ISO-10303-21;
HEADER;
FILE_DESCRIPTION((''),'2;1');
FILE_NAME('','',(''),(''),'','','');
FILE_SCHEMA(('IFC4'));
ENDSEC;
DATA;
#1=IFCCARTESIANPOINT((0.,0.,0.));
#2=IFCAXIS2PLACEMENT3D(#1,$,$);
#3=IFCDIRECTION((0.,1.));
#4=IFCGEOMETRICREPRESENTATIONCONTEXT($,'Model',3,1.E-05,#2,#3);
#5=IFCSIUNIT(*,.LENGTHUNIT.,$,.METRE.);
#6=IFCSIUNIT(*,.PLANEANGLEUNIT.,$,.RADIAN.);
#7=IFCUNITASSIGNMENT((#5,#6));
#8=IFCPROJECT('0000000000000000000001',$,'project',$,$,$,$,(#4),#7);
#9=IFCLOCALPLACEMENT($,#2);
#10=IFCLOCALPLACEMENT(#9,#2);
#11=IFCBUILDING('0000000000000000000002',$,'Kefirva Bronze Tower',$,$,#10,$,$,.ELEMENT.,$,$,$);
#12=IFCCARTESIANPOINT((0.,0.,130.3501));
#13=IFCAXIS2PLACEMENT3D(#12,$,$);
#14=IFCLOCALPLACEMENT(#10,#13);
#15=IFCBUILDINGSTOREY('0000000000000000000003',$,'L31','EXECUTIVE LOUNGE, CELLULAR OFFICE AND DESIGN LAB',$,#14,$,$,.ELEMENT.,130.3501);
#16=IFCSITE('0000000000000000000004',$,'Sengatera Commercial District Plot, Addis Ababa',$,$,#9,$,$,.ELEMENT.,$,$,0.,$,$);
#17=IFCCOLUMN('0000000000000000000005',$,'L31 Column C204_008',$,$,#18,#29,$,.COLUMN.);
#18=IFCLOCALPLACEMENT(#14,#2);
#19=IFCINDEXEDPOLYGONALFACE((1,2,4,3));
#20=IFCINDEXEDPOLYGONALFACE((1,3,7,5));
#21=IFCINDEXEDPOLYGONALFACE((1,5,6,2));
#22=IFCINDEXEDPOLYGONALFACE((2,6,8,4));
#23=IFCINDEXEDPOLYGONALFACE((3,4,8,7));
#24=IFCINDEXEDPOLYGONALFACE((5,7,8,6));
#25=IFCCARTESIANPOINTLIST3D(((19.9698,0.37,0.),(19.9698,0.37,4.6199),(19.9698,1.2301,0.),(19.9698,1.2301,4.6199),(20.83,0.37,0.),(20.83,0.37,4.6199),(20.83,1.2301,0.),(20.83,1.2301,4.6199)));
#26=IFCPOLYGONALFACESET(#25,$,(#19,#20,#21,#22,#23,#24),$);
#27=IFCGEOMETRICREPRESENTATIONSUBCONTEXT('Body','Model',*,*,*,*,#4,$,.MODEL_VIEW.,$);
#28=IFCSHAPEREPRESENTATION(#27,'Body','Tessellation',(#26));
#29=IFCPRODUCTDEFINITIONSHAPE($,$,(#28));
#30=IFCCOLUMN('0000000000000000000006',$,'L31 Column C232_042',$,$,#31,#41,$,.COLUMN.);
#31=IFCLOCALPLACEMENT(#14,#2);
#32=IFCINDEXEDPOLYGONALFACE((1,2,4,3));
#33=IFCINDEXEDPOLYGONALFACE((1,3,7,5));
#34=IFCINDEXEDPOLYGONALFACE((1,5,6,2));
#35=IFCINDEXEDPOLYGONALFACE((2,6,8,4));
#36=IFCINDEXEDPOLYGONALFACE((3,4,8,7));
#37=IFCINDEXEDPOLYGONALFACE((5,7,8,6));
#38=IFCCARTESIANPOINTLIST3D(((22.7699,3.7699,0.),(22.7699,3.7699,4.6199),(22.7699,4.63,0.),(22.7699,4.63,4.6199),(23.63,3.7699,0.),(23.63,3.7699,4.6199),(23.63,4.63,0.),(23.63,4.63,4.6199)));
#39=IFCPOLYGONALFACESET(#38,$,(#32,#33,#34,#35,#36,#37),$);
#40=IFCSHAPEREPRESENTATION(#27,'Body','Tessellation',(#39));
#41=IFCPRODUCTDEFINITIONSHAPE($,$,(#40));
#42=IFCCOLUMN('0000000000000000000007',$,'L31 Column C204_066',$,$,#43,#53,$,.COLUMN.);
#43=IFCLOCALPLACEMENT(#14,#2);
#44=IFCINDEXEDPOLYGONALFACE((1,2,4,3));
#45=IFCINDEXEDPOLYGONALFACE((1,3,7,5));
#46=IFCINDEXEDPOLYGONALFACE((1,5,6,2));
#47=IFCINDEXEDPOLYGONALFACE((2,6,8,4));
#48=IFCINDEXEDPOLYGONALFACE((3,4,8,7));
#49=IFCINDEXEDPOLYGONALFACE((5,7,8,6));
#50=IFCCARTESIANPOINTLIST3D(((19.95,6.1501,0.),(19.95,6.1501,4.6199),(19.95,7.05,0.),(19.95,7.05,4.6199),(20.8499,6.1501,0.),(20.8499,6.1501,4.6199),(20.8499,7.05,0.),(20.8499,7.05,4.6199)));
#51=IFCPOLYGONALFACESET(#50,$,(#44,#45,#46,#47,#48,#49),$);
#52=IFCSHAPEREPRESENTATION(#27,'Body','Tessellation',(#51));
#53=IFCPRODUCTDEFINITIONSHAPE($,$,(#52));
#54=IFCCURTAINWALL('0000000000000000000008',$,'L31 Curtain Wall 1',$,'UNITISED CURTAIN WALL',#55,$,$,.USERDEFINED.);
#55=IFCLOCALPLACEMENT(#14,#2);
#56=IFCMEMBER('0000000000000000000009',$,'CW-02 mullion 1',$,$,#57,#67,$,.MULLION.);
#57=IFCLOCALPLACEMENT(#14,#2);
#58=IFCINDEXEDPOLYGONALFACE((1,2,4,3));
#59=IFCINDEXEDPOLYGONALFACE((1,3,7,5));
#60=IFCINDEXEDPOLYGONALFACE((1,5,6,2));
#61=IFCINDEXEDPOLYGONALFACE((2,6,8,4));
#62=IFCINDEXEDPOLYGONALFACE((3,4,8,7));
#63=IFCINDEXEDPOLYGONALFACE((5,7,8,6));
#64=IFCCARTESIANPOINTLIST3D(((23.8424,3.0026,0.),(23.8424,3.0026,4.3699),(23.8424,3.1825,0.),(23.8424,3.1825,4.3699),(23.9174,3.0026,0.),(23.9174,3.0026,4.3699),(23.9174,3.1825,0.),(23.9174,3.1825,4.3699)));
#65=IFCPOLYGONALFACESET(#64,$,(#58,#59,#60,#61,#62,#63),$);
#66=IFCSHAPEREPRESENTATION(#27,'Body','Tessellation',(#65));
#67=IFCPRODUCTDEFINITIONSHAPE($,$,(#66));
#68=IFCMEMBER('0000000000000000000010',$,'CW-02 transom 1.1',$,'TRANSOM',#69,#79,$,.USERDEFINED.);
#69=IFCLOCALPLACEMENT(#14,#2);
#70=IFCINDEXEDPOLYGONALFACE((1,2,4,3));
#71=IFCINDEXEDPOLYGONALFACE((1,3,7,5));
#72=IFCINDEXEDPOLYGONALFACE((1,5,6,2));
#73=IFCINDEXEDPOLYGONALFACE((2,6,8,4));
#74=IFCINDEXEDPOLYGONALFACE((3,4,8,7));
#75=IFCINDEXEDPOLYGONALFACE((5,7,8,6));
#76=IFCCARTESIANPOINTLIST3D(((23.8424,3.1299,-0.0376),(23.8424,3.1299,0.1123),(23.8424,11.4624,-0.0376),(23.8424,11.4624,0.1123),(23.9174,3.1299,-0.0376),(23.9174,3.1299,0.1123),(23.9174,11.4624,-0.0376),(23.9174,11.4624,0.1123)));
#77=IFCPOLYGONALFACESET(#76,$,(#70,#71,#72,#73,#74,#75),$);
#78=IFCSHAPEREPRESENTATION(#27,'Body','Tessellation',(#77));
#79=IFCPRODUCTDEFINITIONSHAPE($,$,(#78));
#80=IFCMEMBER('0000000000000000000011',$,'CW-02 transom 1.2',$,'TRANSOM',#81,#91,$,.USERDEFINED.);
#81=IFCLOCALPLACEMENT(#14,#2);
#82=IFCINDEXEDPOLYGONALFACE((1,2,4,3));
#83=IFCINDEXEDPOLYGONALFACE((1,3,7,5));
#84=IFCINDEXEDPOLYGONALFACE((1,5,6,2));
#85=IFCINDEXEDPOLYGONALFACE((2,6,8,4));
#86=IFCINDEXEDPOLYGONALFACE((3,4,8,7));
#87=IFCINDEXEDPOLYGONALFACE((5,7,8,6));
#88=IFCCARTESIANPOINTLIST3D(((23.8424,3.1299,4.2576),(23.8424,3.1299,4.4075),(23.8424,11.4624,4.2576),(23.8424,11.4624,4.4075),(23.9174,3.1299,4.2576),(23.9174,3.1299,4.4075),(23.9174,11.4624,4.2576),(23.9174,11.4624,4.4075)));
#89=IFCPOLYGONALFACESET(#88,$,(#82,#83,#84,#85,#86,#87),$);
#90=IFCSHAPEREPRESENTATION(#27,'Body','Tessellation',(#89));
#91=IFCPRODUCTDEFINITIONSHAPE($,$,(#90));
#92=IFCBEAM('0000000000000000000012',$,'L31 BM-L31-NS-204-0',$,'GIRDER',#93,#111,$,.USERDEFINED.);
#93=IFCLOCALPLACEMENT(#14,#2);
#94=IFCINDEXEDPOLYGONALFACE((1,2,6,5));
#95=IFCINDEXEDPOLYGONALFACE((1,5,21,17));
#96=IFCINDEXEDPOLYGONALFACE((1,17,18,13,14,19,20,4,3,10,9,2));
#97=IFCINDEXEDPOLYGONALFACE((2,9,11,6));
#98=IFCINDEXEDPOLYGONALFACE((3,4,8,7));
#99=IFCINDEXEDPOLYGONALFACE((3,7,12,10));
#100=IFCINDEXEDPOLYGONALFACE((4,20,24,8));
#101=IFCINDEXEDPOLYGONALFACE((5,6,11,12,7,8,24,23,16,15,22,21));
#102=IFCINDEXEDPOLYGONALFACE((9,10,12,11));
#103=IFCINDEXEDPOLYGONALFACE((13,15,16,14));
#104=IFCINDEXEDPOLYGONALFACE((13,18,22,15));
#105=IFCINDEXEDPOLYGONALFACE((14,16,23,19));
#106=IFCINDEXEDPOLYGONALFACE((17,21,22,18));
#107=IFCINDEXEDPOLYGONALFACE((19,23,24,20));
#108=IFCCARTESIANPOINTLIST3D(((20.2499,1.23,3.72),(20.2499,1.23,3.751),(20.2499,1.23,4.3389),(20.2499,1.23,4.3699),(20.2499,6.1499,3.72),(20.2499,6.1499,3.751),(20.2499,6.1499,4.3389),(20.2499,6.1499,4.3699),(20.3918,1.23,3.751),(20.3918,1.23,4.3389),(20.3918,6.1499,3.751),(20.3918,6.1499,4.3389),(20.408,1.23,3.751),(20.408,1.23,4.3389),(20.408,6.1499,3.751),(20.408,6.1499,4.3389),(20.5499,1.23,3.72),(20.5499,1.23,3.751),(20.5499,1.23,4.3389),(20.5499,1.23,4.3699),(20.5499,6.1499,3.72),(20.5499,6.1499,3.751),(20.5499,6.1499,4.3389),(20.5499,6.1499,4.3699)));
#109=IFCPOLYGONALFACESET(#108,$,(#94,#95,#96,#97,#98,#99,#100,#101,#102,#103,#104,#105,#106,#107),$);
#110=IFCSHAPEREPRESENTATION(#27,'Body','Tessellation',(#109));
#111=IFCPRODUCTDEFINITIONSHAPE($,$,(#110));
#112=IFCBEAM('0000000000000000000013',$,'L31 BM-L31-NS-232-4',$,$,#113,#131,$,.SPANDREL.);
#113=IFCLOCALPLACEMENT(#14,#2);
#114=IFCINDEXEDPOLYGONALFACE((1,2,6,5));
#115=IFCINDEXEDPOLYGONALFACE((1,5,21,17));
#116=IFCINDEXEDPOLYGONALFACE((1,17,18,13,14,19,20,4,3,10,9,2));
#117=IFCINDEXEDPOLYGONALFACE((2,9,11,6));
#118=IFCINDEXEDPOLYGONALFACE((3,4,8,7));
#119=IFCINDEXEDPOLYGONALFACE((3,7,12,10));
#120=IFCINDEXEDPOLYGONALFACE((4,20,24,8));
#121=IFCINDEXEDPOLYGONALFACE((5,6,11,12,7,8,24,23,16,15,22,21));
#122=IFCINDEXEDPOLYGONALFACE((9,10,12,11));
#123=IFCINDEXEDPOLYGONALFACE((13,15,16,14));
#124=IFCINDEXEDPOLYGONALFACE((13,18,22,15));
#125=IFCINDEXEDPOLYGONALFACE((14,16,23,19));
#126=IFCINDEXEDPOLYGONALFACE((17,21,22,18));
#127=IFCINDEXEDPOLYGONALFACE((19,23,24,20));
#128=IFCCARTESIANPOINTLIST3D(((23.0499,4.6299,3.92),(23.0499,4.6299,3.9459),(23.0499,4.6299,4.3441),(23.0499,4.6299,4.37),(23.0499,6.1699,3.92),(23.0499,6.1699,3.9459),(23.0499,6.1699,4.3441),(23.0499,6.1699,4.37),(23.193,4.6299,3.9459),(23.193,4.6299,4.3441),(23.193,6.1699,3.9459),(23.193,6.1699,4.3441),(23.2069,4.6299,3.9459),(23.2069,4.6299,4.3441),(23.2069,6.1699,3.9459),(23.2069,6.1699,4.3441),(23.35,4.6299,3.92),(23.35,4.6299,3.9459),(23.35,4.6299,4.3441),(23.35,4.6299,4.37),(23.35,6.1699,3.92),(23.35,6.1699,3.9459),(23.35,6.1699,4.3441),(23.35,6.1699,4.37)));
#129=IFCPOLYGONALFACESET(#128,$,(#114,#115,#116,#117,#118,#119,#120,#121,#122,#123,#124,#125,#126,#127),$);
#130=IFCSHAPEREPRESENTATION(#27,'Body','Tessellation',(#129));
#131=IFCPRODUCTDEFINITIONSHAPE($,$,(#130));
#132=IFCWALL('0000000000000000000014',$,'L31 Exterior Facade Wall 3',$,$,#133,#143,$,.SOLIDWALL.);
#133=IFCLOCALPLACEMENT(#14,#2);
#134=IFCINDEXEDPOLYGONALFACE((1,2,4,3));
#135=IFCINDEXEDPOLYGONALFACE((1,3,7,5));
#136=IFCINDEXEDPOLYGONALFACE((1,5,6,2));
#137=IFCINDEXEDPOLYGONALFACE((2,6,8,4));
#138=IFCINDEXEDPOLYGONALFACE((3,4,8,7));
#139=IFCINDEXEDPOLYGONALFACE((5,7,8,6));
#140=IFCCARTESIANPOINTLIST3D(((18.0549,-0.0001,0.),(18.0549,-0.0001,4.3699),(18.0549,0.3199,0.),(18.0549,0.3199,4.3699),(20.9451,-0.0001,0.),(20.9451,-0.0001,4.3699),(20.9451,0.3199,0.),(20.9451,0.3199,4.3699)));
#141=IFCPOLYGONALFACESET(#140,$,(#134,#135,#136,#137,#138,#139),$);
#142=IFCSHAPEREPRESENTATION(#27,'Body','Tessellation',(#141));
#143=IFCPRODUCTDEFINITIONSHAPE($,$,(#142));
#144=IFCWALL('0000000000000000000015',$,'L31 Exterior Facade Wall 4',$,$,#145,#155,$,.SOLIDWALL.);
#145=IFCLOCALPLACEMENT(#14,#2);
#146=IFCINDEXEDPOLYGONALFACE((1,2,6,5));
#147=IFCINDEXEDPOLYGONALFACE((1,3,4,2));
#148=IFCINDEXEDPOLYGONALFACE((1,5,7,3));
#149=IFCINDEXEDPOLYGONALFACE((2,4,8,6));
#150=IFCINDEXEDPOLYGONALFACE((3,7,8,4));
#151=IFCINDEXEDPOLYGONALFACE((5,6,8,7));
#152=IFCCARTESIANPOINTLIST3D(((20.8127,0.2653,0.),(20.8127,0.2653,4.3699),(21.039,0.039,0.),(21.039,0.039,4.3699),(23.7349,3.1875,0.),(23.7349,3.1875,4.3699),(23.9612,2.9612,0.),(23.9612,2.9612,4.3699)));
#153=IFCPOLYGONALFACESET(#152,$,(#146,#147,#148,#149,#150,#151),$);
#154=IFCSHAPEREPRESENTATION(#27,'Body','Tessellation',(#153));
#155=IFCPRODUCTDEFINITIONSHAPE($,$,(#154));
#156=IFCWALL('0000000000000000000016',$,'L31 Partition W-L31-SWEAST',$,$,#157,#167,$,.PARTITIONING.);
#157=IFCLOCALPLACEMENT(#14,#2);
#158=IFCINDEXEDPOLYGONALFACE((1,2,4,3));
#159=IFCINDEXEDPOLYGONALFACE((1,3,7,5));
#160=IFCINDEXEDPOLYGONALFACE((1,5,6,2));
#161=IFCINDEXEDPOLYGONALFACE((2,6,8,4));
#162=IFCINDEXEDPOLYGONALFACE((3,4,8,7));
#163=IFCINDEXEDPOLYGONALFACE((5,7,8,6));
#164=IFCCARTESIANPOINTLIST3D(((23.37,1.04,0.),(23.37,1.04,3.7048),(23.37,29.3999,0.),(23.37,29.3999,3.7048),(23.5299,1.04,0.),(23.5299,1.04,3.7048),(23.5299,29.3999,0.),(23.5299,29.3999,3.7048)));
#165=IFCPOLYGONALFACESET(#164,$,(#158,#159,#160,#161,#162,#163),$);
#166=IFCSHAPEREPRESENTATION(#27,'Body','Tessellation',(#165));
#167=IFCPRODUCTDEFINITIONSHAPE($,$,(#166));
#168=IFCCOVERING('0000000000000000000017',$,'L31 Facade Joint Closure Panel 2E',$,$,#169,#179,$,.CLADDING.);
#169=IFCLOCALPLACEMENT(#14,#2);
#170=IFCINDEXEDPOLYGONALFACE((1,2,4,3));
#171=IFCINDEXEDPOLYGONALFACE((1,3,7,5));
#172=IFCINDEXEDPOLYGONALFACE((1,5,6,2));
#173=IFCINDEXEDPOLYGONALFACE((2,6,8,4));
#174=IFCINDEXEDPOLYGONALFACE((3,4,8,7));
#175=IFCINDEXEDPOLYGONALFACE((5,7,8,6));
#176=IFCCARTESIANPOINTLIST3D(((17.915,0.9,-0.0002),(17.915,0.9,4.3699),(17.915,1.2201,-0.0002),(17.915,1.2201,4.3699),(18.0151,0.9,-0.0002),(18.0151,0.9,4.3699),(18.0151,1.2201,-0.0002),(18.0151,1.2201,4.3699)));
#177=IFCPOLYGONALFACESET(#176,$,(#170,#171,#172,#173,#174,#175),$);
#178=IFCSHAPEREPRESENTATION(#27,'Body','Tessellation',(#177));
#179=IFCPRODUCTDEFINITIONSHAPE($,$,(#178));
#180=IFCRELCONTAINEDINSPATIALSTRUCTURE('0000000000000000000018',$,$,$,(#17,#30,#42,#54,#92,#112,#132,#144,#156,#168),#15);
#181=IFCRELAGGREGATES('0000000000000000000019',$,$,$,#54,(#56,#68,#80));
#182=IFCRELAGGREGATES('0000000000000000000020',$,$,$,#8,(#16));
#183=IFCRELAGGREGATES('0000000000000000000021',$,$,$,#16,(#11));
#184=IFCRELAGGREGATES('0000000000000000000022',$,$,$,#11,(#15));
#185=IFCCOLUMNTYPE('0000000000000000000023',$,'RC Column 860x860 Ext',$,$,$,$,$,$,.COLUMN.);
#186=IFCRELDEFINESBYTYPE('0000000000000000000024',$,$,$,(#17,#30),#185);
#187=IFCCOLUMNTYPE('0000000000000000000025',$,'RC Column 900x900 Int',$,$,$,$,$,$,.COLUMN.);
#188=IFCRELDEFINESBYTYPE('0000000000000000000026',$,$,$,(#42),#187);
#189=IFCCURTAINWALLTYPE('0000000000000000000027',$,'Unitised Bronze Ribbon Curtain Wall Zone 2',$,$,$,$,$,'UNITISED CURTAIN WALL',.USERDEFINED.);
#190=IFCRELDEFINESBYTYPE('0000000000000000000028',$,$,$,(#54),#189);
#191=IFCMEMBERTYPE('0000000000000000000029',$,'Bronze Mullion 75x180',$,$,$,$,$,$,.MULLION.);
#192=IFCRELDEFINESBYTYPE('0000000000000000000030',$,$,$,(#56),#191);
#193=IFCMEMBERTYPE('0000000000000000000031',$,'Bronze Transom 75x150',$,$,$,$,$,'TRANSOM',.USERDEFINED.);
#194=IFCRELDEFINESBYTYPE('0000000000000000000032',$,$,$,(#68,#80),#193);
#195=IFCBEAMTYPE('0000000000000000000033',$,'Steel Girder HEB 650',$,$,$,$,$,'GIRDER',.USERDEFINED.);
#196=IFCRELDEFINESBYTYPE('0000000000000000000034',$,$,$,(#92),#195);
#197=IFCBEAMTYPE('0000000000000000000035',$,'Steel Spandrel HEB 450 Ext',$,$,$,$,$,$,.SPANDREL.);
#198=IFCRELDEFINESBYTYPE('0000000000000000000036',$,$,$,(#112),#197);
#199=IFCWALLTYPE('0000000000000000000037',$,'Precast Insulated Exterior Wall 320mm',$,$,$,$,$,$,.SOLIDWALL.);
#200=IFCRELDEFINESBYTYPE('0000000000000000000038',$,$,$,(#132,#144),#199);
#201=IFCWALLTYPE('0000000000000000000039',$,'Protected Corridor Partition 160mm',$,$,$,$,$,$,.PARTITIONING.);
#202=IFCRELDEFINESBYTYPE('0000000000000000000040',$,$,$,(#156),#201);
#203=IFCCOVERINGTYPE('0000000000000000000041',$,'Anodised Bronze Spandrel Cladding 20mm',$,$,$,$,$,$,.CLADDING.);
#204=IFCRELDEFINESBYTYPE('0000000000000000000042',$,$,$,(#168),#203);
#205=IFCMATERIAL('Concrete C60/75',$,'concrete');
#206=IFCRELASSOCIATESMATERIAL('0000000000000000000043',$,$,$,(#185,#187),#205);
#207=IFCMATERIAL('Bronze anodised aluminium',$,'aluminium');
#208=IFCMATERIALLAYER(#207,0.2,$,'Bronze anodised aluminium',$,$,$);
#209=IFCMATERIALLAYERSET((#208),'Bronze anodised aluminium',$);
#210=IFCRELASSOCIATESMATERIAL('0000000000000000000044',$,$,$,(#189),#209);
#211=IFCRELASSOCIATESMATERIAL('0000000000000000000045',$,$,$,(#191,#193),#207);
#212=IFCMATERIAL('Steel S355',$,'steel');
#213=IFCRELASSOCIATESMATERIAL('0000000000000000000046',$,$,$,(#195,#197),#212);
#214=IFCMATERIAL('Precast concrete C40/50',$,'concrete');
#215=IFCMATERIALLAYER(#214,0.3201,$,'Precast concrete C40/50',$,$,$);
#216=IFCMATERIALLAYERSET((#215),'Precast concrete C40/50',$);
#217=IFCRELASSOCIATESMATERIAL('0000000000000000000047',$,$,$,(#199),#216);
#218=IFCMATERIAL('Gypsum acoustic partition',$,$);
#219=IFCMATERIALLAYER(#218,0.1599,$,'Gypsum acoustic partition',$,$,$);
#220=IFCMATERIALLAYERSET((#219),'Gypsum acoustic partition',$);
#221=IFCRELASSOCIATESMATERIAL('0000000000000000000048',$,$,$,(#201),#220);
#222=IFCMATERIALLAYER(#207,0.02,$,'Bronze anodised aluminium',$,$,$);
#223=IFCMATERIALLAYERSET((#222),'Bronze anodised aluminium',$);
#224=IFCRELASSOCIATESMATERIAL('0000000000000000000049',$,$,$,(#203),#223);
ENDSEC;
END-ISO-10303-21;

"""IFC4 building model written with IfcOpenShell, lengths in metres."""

from ifc_helpers import new_model, si_unit, direction, frame, frame_2d, origin, origin_2d, place, context, subcontext, project, spatial, rectangle, i_section, extrude, material, layer, layer_set, material_profile, profile_set, type_object, element, aggregate, save


model = new_model("IFC4")

# Units and contexts
model_context = context("Model", 3, precision=1e-05, world=origin(), true_north=direction((0.0, 1.0)))
body_context = subcontext(model_context, "Body", "Model", "MODEL_VIEW")
ifc_project = project(units=[si_unit("LENGTHUNIT", "METRE"), si_unit("PLANEANGLEUNIT", "RADIAN")], contexts=[model_context])

# Site, building, storey
site_placement = place(None, origin())
site = spatial("IfcSite", under=ifc_project, at=site_placement, Name="Sengatera Commercial District Plot, Addis Ababa", CompositionType="ELEMENT", RefElevation=0.0)
building_placement = place(site_placement, origin())
building = spatial("IfcBuilding", under=site, at=building_placement, Name="Kefirva Bronze Tower", CompositionType="ELEMENT")
storey_placement = place(building_placement, frame((0.0, 0.0, 130.3501)))
storey = spatial("IfcBuildingStorey", under=building, at=storey_placement, Name="L31", Description="EXECUTIVE LOUNGE, CELLULAR OFFICE AND DESIGN LAB", CompositionType="ELEMENT", Elevation=130.3501)

# Columns
ifc_material_1 = material(Name="Concrete C60/75", Category="concrete")
ifc_material_profile_1 = material_profile(ifc_material_1, rectangle(XDim=0.8601, YDim=0.8601, at=origin_2d()), Name="RC 860x860")
ifc_profile_set_1 = profile_set([ifc_material_profile_1], Name="Concrete C60/75")
column_type_1 = type_object("IfcColumnType", Name="RC Column 860x860 Ext", PredefinedType="COLUMN", material=ifc_profile_set_1)
for number, where, z_axis, x_axis, name in (
    (1, (20.3999, 0.8, 0.0), (0.0, 0.0, 1.0), (1.0, 0.0, 0.0), "L31 Column C204_008"),
    (2, (23.2, 4.2, 0.0), (0.0, 0.0, 1.0), (1.0, 0.0, 0.0), "L31 Column C232_042"),
):
    element("IfcColumn", number, at=place(storey_placement, frame(where, z_axis=z_axis, x_axis=x_axis)), inside=storey, type_object=column_type_1, Name=name, PredefinedType="COLUMN", context=body_context, shape_type="SweptSolid", body=[
        extrude(rectangle(XDim=0.8601, YDim=0.8601, at=origin_2d()), origin(), (0.0, 0.0, 1.0), 4.6199),
    ])
ifc_material_profile_2 = material_profile(ifc_material_1, rectangle(XDim=0.8999, YDim=0.8999, at=origin_2d()), Name="RC 900x900")
ifc_profile_set_2 = profile_set([ifc_material_profile_2], Name="Concrete C60/75")
column_type_2 = type_object("IfcColumnType", Name="RC Column 900x900 Int", PredefinedType="COLUMN", material=ifc_profile_set_2)
column_placement = place(storey_placement, frame((20.3999, 6.6001, 0.0), z_axis=(0.0, 0.0, 1.0), x_axis=(1.0, 0.0, 0.0)))
element("IfcColumn", 3, at=column_placement, inside=storey, type_object=column_type_2, Name="L31 Column C204_066", PredefinedType="COLUMN", context=body_context, shape_type="SweptSolid", body=[
    extrude(rectangle(XDim=0.8999, YDim=0.8999, at=origin_2d()), origin(), (0.0, 0.0, 1.0), 4.6199),
])

# Curtain wall, members
ifc_material_2 = material(Name="Bronze anodised aluminium", Category="aluminium")
ifc_layer_1 = layer(ifc_material_2, 0.2, Name="Bronze anodised aluminium")
ifc_layer_set_1 = layer_set([ifc_layer_1], Name="Bronze anodised aluminium")
curtain_wall_type = type_object("IfcCurtainWallType", Name="Unitised Bronze Ribbon Curtain Wall Zone 2", ElementType="UNITISED CURTAIN WALL", PredefinedType="USERDEFINED", material=ifc_layer_set_1)
curtain_wall_placement = place(storey_placement, origin())
curtain_wall = element("IfcCurtainWall", 4, at=curtain_wall_placement, inside=storey, type_object=curtain_wall_type, Name="L31 Curtain Wall 1", ObjectType="UNITISED CURTAIN WALL", PredefinedType="USERDEFINED")
ifc_material_profile_3 = material_profile(ifc_material_2, rectangle(XDim=0.075, YDim=0.1799, at=origin_2d()), Name="ALU 75x180")
ifc_profile_set_3 = profile_set([ifc_material_profile_3], Name="Bronze anodised aluminium")
member_type_1 = type_object("IfcMemberType", Name="Bronze Mullion 75x180", PredefinedType="MULLION", material=ifc_profile_set_3)
member_1_placement = place(storey_placement, frame((23.8799, 3.0925, 0.0), z_axis=(0.0, 0.0, 1.0), x_axis=(-1.0, 0.0, 0.0)))
member_1 = element("IfcMember", 5, at=member_1_placement, type_object=member_type_1, Name="CW-02 mullion 1", PredefinedType="MULLION", context=body_context, shape_type="SweptSolid", body=[
    extrude(rectangle(XDim=0.075, YDim=0.1799, at=origin_2d()), origin(), (0.0, 0.0, 1.0), 4.3699),
])
ifc_material_profile_4 = material_profile(ifc_material_2, rectangle(XDim=0.075, YDim=0.1499, at=origin_2d()), Name="ALU 75x150")
ifc_profile_set_4 = profile_set([ifc_material_profile_4], Name="Bronze anodised aluminium")
member_type_2 = type_object("IfcMemberType", Name="Bronze Transom 75x150", ElementType="TRANSOM", PredefinedType="USERDEFINED", material=ifc_profile_set_4)
member_2_placement = place(storey_placement, frame((23.8799, 3.1299, 0.0374), z_axis=(0.0, 1.0, 0.0), x_axis=(-1.0, 0.0, 0.0)))
member_2 = element("IfcMember", 6, at=member_2_placement, type_object=member_type_2, Name="CW-02 transom 1.1", ObjectType="TRANSOM", PredefinedType="USERDEFINED", context=body_context, shape_type="SweptSolid", body=[
    extrude(rectangle(XDim=0.075, YDim=0.1499, at=origin_2d()), origin(), (0.0, 0.0, 1.0), 8.3325),
])
member_3_placement = place(storey_placement, frame((23.8799, 3.1299, 4.3325), z_axis=(0.0, 1.0, 0.0), x_axis=(-1.0, 0.0, 0.0)))
member_3 = element("IfcMember", 7, at=member_3_placement, type_object=member_type_2, Name="CW-02 transom 1.2", ObjectType="TRANSOM", PredefinedType="USERDEFINED", context=body_context, shape_type="SweptSolid", body=[
    extrude(rectangle(XDim=0.075, YDim=0.1499, at=origin_2d()), origin(), (0.0, 0.0, 1.0), 8.3325),
])
aggregate(curtain_wall, [member_1, member_2, member_3])

# Beams
ifc_material_3 = material(Name="Steel S355", Category="steel")
ifc_material_profile_5 = material_profile(ifc_material_3, i_section(OverallWidth=0.3, OverallDepth=0.6499, WebThickness=0.0161, FlangeThickness=0.031, at=origin_2d()), Name="HEB 650")
ifc_profile_set_5 = profile_set([ifc_material_profile_5], Name="Steel S355")
beam_type_1 = type_object("IfcBeamType", Name="Steel Girder HEB 650", ElementType="GIRDER", PredefinedType="USERDEFINED", material=ifc_profile_set_5)
beam_1_placement = place(storey_placement, frame((20.3999, 1.23, 4.0449), z_axis=(0.0, 1.0, 0.0), x_axis=(-1.0, 0.0, 0.0)))
element("IfcBeam", 8, at=beam_1_placement, inside=storey, type_object=beam_type_1, Name="L31 BM-L31-NS-204-0", ObjectType="GIRDER", PredefinedType="USERDEFINED", context=body_context, shape_type="SweptSolid", body=[
    extrude(i_section(OverallWidth=0.3, OverallDepth=0.6499, WebThickness=0.0161, FlangeThickness=0.031, at=origin_2d()), origin(), (0.0, 0.0, 1.0), 4.9199),
])
ifc_material_profile_6 = material_profile(ifc_material_3, i_section(OverallWidth=0.3, OverallDepth=0.45, WebThickness=0.0139, FlangeThickness=0.0259, at=origin_2d()), Name="HEB 450")
ifc_profile_set_6 = profile_set([ifc_material_profile_6], Name="Steel S355")
beam_type_2 = type_object("IfcBeamType", Name="Steel Spandrel HEB 450 Ext", PredefinedType="SPANDREL", material=ifc_profile_set_6)
beam_2_placement = place(storey_placement, frame((23.2, 4.6299, 4.145), z_axis=(0.0, 1.0, 0.0), x_axis=(-1.0, 0.0, 0.0)))
element("IfcBeam", 9, at=beam_2_placement, inside=storey, type_object=beam_type_2, Name="L31 BM-L31-NS-232-4", PredefinedType="SPANDREL", context=body_context, shape_type="SweptSolid", body=[
    extrude(i_section(OverallWidth=0.3, OverallDepth=0.45, WebThickness=0.0139, FlangeThickness=0.0259, at=origin_2d()), origin(), (0.0, 0.0, 1.0), 1.54),
])

# Walls
ifc_material_4 = material(Name="Precast concrete C40/50", Category="concrete")
ifc_layer_2 = layer(ifc_material_4, 0.3201, Name="Precast concrete C40/50")
ifc_layer_set_2 = layer_set([ifc_layer_2], Name="Precast concrete C40/50")
wall_type_1 = type_object("IfcWallType", Name="Precast Insulated Exterior Wall 320mm", PredefinedType="SOLIDWALL", material=ifc_layer_set_2)
wall_1_placement = place(storey_placement, frame((18.0549, 0.1599, 0.0), z_axis=(0.0, 0.0, 1.0), x_axis=(1.0, 0.0, 0.0)))
element("IfcWall", 10, at=wall_1_placement, inside=storey, type_object=wall_type_1, Name="L31 Exterior Facade Wall 3", PredefinedType="SOLIDWALL", context=body_context, shape_type="SweptSolid", body=[
    extrude(rectangle(XDim=2.8901, YDim=0.3201, at=frame_2d((1.4451, 0.0))), origin(), (0.0, 0.0, 1.0), 4.3699),
])
wall_2_placement = place(storey_placement, frame((20.9258, 0.1521, 0.0), z_axis=(0.0, 0.0, 1.0), x_axis=(0.707107, 0.707107, 0.0)))
element("IfcWall", 11, at=wall_2_placement, inside=storey, type_object=wall_type_1, Name="L31 Exterior Facade Wall 4", PredefinedType="SOLIDWALL", context=body_context, shape_type="SweptSolid", body=[
    extrude(rectangle(XDim=4.1326, YDim=0.3201, at=frame_2d((2.0664, 0.0))), origin(), (0.0, 0.0, 1.0), 4.3699),
])
ifc_material_5 = material(Name="Gypsum acoustic partition")
ifc_layer_3 = layer(ifc_material_5, 0.1599, Name="Gypsum acoustic partition")
ifc_layer_set_3 = layer_set([ifc_layer_3], Name="Gypsum acoustic partition")
wall_type_2 = type_object("IfcWallType", Name="Protected Corridor Partition 160mm", PredefinedType="PARTITIONING", material=ifc_layer_set_3)
wall_3_placement = place(storey_placement, frame((23.45, 1.04, 0.0), z_axis=(0.0, 0.0, 1.0), x_axis=(0.0, 1.0, 0.0)))
element("IfcWall", 12, at=wall_3_placement, inside=storey, type_object=wall_type_2, Name="L31 Partition W-L31-SWEAST", PredefinedType="PARTITIONING", context=body_context, shape_type="SweptSolid", body=[
    extrude(rectangle(XDim=28.3599, YDim=0.1599, at=frame_2d((14.1799, 0.0))), origin(), (0.0, 0.0, 1.0), 3.7048),
])

# Covering
ifc_layer_4 = layer(ifc_material_2, 0.02, Name="Bronze anodised aluminium")
ifc_layer_set_4 = layer_set([ifc_layer_4], Name="Bronze anodised aluminium")
covering_type_1 = type_object("IfcCoveringType", Name="Anodised Bronze Spandrel Cladding 20mm", PredefinedType="CLADDING", material=ifc_layer_set_4)
covering_1_placement = place(storey_placement, frame((17.9651, 1.0601, -0.0002), z_axis=(0.0, 0.0, 1.0), x_axis=(1.0, 0.0, 0.0)))
element("IfcCovering", 13, at=covering_1_placement, inside=storey, type_object=covering_type_1, Name="L31 Facade Joint Closure Panel 2E", PredefinedType="CLADDING", context=body_context, shape_type="SweptSolid", body=[
    extrude(rectangle(XDim=0.1001, YDim=0.3201, at=origin_2d()), origin(), (0.0, 0.0, 1.0), 4.3701),
])

save(model, "model.ifc")
